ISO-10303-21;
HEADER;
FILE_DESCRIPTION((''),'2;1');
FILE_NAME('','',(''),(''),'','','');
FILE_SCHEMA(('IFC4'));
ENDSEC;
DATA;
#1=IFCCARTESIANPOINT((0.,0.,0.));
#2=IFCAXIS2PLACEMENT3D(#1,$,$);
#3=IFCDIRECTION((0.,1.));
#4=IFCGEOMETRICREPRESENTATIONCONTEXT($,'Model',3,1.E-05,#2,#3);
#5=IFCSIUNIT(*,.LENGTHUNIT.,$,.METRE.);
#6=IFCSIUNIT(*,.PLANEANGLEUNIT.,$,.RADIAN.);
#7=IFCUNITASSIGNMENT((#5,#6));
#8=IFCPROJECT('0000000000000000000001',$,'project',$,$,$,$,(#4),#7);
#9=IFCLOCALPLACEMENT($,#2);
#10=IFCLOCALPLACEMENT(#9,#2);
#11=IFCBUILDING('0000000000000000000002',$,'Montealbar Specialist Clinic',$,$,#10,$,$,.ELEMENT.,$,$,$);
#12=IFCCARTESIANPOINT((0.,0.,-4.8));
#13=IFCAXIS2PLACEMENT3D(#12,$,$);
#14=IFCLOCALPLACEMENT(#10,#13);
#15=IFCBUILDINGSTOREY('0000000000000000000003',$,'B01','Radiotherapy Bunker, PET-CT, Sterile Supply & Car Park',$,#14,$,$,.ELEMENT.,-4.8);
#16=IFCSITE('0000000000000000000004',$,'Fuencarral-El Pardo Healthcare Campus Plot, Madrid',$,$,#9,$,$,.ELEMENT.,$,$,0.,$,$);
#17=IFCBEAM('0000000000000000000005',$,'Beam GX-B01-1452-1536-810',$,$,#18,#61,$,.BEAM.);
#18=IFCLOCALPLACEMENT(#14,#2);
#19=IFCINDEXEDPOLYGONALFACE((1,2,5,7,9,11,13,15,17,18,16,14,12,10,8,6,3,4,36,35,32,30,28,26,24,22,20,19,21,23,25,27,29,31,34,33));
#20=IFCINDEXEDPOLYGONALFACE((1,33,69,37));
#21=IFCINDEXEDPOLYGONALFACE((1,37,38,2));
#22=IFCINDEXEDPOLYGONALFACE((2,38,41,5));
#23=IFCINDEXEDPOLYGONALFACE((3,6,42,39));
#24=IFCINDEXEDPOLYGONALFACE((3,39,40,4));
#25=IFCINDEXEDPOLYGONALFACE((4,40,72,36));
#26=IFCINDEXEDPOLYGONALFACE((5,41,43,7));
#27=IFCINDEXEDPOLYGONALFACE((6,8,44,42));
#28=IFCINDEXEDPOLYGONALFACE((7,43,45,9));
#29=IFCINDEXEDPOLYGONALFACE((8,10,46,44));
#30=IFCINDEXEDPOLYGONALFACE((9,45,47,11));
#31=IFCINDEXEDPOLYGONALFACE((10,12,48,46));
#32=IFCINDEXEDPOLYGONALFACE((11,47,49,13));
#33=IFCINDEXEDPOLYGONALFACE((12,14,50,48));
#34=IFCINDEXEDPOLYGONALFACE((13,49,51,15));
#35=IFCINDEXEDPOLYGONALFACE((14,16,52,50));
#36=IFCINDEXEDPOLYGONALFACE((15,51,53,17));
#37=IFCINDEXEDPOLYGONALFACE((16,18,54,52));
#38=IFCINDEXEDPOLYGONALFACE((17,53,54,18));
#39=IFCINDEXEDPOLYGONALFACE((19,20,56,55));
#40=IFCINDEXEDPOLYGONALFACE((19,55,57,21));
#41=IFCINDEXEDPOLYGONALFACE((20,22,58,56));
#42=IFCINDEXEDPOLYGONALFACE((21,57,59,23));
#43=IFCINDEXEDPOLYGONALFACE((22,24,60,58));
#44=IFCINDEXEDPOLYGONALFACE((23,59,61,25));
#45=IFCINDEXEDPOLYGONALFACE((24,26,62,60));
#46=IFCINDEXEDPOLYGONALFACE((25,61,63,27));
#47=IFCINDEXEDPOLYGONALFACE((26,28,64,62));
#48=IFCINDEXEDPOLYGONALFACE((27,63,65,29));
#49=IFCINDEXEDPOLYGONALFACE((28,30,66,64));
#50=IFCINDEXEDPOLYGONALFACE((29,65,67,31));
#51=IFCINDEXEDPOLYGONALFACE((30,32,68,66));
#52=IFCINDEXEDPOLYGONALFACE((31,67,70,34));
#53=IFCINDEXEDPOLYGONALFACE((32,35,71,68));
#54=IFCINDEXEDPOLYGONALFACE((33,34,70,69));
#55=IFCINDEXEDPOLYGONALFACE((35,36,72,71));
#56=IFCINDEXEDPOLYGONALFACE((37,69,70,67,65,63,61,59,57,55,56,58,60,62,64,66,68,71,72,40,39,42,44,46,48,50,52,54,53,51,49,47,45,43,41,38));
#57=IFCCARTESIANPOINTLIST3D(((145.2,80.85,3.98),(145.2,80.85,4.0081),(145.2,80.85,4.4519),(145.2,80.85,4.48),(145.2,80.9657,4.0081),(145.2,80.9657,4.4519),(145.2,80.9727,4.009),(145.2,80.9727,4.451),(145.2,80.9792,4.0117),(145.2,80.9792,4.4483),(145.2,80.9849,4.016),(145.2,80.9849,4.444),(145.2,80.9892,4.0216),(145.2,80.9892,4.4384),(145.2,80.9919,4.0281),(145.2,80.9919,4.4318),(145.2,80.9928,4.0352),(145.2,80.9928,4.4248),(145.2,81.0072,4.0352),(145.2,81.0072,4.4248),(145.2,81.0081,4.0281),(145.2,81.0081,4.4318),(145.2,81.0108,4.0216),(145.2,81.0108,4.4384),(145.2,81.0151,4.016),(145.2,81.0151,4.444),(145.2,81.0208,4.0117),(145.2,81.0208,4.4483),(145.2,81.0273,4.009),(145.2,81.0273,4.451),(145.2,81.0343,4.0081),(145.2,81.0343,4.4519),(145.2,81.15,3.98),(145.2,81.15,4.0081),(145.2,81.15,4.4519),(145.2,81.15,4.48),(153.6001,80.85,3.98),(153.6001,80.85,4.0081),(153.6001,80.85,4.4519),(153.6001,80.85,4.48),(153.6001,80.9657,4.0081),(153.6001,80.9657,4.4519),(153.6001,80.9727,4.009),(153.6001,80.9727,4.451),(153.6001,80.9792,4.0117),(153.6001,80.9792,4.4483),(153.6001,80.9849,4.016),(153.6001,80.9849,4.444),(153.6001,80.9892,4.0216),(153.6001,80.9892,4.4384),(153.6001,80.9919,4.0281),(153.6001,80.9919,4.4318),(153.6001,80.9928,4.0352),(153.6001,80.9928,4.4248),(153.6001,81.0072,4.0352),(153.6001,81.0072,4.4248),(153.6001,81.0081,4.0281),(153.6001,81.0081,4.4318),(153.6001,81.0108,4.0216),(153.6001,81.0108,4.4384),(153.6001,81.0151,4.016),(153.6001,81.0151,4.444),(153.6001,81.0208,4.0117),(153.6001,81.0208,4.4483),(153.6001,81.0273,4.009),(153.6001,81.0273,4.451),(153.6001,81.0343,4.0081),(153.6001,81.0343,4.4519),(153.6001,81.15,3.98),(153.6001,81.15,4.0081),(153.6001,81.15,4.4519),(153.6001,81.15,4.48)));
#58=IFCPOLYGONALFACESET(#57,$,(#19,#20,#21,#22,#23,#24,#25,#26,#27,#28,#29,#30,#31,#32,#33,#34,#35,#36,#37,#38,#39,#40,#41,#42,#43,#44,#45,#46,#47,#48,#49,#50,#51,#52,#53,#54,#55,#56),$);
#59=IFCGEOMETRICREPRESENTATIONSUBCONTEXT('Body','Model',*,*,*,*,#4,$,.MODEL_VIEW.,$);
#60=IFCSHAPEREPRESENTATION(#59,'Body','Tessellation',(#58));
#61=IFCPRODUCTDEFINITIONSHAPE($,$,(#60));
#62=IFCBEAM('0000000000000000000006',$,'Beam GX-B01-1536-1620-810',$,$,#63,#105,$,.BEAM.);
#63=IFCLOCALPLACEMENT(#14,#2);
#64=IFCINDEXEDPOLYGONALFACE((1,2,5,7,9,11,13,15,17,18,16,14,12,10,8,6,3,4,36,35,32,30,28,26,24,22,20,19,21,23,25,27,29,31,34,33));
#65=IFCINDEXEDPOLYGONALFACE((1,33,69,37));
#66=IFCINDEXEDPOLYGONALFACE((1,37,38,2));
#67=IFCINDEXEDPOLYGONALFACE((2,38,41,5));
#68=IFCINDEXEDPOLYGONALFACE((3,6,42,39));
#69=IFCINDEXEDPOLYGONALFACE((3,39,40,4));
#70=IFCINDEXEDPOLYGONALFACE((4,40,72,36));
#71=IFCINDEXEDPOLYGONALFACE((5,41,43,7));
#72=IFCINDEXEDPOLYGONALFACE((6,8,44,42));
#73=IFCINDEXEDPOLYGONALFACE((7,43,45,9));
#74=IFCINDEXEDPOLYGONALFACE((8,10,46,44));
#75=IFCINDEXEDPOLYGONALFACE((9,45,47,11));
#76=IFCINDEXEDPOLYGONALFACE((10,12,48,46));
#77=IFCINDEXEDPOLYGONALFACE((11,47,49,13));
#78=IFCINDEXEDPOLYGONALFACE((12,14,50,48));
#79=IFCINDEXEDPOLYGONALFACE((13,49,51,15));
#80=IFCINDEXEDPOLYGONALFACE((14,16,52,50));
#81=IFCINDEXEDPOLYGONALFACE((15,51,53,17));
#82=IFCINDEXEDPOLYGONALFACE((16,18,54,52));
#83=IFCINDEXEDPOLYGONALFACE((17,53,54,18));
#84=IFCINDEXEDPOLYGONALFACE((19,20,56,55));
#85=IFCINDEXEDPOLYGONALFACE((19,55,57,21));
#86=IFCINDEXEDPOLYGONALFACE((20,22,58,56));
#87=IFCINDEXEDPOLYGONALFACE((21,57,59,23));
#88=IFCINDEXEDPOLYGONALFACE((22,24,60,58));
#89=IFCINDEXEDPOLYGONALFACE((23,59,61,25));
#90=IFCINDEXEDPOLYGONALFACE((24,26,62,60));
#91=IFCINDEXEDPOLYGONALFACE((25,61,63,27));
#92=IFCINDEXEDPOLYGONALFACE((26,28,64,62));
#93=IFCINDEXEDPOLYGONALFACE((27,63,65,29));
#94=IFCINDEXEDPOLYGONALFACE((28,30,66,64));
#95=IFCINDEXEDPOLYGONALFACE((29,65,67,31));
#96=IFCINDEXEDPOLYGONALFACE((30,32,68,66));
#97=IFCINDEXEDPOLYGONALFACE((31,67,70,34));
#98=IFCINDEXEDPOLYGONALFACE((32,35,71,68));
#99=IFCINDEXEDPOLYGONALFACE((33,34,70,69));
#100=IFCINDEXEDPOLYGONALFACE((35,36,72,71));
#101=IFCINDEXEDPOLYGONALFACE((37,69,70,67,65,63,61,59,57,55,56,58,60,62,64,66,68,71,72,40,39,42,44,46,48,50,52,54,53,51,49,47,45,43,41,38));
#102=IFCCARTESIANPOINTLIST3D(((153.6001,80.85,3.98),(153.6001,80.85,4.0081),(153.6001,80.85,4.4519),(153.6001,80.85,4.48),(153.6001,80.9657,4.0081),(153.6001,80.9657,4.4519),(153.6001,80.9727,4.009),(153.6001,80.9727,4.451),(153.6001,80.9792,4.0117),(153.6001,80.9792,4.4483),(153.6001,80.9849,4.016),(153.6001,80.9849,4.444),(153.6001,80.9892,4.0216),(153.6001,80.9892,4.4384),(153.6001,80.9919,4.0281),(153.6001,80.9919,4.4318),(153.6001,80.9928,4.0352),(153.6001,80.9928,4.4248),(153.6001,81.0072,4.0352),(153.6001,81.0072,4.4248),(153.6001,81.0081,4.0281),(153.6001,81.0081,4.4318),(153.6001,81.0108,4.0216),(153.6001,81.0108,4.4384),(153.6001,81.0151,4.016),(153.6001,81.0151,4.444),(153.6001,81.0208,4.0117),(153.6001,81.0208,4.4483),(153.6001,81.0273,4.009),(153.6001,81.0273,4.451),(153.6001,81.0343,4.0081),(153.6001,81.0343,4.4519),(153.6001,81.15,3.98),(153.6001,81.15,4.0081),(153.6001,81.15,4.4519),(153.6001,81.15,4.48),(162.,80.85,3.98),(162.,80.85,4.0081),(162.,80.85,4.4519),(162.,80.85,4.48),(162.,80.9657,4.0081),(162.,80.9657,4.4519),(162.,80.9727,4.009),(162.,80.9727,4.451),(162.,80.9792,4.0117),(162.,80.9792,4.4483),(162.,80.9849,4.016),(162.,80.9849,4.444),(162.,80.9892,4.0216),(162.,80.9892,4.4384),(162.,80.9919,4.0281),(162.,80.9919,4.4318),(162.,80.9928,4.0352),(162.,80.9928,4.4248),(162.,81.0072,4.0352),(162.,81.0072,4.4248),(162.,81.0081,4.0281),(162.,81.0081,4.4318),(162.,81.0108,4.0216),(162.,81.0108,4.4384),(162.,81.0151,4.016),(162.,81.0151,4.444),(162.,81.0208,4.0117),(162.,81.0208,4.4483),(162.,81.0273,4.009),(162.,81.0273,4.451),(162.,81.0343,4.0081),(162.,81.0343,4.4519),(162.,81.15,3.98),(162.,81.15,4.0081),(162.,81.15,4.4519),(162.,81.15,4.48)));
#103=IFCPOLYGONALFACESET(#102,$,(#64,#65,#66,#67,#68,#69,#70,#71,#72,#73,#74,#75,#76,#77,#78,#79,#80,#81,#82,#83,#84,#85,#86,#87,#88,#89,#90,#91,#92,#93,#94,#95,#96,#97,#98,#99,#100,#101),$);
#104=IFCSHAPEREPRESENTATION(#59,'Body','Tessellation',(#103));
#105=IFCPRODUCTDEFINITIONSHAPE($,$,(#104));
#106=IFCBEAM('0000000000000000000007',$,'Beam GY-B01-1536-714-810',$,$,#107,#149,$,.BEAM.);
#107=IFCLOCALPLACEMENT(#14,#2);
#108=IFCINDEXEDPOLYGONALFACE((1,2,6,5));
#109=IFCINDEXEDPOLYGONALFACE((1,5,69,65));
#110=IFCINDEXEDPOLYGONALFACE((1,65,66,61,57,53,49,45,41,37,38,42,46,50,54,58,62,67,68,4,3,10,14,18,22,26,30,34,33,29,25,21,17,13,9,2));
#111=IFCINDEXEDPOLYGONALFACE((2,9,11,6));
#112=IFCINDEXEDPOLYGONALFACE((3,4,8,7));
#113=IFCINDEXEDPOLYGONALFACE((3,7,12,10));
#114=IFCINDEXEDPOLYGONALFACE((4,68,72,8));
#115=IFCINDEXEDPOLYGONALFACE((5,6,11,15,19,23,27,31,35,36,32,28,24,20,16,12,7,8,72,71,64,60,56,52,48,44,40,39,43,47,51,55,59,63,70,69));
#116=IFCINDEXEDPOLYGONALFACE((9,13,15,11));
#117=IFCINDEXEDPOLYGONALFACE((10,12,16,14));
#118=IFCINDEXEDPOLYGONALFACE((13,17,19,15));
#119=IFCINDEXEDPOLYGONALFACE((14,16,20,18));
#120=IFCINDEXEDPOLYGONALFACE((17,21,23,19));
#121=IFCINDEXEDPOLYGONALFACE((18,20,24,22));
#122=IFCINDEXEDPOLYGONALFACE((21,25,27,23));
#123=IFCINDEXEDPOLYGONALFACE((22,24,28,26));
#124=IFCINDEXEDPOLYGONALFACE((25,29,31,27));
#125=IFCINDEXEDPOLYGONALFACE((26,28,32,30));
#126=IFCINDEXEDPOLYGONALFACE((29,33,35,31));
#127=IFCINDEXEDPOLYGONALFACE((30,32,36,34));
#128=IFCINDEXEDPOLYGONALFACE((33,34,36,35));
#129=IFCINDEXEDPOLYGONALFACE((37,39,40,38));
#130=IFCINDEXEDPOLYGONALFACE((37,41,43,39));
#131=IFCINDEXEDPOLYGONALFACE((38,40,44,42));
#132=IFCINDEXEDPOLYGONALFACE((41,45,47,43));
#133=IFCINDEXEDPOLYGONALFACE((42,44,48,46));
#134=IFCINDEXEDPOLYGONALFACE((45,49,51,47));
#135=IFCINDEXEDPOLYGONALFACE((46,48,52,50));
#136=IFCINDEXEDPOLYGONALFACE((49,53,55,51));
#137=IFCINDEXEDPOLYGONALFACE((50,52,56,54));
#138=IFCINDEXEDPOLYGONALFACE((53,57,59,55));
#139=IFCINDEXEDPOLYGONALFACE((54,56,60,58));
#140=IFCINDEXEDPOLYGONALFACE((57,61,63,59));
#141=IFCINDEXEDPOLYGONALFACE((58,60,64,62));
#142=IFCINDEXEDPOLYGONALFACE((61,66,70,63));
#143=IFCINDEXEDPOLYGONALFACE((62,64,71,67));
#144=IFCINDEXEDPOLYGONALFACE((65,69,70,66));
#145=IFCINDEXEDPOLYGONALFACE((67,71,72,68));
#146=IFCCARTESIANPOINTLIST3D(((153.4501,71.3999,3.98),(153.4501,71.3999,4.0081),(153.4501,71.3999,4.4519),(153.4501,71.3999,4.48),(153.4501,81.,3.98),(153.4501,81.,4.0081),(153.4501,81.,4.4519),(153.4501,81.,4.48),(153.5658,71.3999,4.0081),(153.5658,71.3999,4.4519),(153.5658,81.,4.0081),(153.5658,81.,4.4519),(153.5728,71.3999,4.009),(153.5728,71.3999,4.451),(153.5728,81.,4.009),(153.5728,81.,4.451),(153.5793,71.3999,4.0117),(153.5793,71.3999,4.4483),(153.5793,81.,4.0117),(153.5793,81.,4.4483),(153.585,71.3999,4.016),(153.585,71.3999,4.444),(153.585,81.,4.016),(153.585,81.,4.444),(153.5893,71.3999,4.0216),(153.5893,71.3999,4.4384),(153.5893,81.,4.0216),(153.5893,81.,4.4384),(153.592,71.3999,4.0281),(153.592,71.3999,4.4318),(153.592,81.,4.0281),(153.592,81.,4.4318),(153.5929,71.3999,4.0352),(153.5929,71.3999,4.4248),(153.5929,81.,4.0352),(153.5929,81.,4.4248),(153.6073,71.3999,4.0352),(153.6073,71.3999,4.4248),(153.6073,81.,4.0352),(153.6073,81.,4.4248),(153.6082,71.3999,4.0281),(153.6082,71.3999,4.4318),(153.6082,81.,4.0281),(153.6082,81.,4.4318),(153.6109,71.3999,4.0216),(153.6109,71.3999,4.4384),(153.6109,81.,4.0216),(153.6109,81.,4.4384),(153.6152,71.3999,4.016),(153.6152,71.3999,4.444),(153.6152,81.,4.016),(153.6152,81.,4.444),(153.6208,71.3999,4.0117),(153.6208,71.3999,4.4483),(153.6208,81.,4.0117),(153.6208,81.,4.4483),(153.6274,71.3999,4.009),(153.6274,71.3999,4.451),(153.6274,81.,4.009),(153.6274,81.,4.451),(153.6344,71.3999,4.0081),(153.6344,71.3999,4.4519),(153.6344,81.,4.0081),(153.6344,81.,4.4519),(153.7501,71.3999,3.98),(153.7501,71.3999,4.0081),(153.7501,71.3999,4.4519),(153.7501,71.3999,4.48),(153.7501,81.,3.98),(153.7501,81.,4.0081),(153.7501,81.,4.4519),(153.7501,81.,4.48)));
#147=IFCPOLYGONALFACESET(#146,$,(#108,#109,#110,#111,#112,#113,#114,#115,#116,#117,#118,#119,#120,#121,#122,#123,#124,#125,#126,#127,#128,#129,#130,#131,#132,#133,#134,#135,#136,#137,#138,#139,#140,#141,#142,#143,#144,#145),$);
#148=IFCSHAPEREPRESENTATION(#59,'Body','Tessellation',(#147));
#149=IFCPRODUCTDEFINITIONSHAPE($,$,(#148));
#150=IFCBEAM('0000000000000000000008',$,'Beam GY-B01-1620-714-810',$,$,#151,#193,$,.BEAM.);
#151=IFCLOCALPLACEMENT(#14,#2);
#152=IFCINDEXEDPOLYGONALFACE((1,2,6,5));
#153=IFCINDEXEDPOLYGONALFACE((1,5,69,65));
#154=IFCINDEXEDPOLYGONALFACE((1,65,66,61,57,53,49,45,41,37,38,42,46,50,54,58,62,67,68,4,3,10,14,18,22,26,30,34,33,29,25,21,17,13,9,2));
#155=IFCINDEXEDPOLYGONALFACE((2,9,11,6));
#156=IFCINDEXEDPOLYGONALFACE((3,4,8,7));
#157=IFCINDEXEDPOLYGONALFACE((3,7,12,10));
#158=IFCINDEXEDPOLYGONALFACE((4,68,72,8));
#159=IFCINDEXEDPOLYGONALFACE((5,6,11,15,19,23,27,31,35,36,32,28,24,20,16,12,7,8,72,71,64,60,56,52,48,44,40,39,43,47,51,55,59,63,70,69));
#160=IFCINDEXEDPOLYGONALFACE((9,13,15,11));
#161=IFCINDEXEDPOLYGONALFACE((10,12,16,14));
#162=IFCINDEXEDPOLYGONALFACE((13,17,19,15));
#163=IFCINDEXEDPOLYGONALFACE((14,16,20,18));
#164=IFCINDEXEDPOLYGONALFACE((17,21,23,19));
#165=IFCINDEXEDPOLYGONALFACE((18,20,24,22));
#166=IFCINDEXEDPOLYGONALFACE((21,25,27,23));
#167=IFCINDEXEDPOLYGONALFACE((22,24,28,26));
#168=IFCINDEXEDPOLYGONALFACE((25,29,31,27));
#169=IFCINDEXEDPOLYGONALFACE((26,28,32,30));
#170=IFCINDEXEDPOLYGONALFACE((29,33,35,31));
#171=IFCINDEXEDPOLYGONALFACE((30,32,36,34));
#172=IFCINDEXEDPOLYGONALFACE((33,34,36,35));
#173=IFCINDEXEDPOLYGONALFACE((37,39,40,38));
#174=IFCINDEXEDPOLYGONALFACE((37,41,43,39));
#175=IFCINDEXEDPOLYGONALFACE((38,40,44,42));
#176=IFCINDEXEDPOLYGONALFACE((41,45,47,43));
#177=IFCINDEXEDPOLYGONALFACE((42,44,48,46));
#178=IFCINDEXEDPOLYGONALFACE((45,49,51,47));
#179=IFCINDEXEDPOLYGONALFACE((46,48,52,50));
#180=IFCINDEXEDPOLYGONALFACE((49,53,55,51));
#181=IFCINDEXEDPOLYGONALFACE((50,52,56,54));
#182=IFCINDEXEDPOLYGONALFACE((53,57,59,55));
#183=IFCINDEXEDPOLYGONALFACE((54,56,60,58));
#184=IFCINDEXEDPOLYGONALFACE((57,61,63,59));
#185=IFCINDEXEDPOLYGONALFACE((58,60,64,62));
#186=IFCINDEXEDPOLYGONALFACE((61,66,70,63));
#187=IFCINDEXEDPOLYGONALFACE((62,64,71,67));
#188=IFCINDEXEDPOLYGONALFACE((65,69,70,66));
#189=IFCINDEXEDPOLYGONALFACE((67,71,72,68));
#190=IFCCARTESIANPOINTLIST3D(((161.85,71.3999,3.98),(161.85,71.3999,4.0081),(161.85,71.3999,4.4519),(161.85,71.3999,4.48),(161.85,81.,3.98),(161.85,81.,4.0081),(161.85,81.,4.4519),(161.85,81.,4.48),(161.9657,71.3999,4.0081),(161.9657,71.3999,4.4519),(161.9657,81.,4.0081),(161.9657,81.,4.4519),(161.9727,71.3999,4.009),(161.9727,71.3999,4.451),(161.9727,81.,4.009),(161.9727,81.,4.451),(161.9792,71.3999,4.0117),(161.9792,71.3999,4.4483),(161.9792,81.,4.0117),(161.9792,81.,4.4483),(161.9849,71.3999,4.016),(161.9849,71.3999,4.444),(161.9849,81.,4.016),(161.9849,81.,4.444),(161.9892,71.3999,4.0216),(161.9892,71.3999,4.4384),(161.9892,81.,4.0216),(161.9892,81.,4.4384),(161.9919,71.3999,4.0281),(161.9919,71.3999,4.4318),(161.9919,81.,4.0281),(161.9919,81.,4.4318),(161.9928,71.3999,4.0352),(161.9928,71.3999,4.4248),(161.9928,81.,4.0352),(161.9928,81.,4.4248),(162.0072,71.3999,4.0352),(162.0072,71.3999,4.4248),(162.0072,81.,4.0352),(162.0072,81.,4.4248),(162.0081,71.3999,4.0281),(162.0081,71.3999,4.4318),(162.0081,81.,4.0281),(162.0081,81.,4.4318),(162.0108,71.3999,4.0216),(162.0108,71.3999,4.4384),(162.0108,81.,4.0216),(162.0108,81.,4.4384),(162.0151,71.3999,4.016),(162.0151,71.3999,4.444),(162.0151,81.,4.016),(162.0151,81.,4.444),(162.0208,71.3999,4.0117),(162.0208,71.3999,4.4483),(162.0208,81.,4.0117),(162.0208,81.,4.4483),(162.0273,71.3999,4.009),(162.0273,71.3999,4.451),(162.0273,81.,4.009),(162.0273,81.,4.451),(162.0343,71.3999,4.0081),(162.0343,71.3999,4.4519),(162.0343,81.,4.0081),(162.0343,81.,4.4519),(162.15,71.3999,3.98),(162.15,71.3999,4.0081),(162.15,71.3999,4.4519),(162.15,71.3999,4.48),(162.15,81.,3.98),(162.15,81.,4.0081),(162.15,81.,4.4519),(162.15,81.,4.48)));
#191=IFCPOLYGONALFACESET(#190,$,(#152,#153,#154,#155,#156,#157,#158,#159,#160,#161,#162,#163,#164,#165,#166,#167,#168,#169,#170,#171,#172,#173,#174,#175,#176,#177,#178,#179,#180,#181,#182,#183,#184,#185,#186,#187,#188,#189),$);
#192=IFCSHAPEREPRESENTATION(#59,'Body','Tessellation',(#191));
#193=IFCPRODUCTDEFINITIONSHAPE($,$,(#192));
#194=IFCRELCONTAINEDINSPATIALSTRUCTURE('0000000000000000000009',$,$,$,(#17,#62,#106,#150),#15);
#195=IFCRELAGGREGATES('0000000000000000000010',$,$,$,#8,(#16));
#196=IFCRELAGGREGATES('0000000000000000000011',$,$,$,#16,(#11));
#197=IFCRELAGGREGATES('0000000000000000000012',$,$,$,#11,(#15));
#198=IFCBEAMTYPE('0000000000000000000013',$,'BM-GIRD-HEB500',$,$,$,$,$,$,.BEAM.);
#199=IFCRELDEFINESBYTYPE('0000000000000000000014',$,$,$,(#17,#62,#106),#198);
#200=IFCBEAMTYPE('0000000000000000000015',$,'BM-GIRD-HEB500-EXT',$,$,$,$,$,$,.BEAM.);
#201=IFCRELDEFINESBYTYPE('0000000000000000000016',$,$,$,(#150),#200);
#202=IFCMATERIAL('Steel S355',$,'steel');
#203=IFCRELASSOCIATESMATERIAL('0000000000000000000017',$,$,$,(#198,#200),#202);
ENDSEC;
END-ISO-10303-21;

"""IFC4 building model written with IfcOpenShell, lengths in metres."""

from ifc_helpers import new_model, si_unit, direction, frame, origin, origin_2d, place, context, subcontext, project, spatial, i_section, extrude, material, material_profile, profile_set, type_object, element, save


model = new_model("IFC4")

# Units and contexts
model_context = context("Model", 3, precision=1e-05, world=origin(), true_north=direction((0.0, 1.0)))
body_context = subcontext(model_context, "Body", "Model", "MODEL_VIEW")
ifc_project = project(units=[si_unit("LENGTHUNIT", "METRE"), si_unit("PLANEANGLEUNIT", "RADIAN")], contexts=[model_context])

# Site, building, storey
site_placement = place(None, origin())
site = spatial("IfcSite", under=ifc_project, at=site_placement, Name="Fuencarral-El Pardo Healthcare Campus Plot, Madrid", CompositionType="ELEMENT", RefElevation=0.0)
building_placement = place(site_placement, origin())
building = spatial("IfcBuilding", under=site, at=building_placement, Name="Montealbar Specialist Clinic", CompositionType="ELEMENT")
storey_placement = place(building_placement, frame((0.0, 0.0, -4.8)))
storey = spatial("IfcBuildingStorey", under=building, at=storey_placement, Name="B01", Description="Radiotherapy Bunker, PET-CT, Sterile Supply & Car Park", CompositionType="ELEMENT", Elevation=-4.8)

# Shared definitions
ifc_material_1 = material(Name="Steel S355", Category="steel")

# Beams
ifc_material_profile_1 = material_profile(ifc_material_1, i_section(OverallWidth=0.3, OverallDepth=0.5, WebThickness=0.0144, FlangeThickness=0.0281, FilletRadius=0.0271, at=origin_2d()), Name="HEB 500", Category="steel")
ifc_profile_set_1 = profile_set([ifc_material_profile_1], Name="Steel S355")
beam_type_1 = type_object("IfcBeamType", Name="BM-GIRD-HEB500", PredefinedType="BEAM", material=ifc_profile_set_1)
beam_1_placement = place(storey_placement, frame((145.2, 81.0, 4.23), z_axis=(1.0, 0.0, 0.0), x_axis=(0.0, 1.0, 0.0)))
element("IfcBeam", 1, at=beam_1_placement, inside=storey, type_object=beam_type_1, Name="Beam GX-B01-1452-1536-810", PredefinedType="BEAM", context=body_context, shape_type="SweptSolid", body=[
    extrude(i_section(OverallWidth=0.3, OverallDepth=0.5, WebThickness=0.0144, FlangeThickness=0.0281, FilletRadius=0.0271, at=origin_2d()), origin(), (0.0, 0.0, 1.0), 8.4001),
])
beam_2_placement = place(storey_placement, frame((153.6001, 81.0, 4.23), z_axis=(1.0, 0.0, 0.0), x_axis=(0.0, 1.0, 0.0)))
element("IfcBeam", 2, at=beam_2_placement, inside=storey, type_object=beam_type_1, Name="Beam GX-B01-1536-1620-810", PredefinedType="BEAM", context=body_context, shape_type="SweptSolid", body=[
    extrude(i_section(OverallWidth=0.3, OverallDepth=0.5, WebThickness=0.0144, FlangeThickness=0.0281, FilletRadius=0.0271, at=origin_2d()), origin(), (0.0, 0.0, 1.0), 8.3999),
])
beam_3_placement = place(storey_placement, frame((153.6001, 71.3999, 4.23), z_axis=(0.0, 1.0, 0.0), x_axis=(-1.0, 0.0, 0.0)))
element("IfcBeam", 3, at=beam_3_placement, inside=storey, type_object=beam_type_1, Name="Beam GY-B01-1536-714-810", PredefinedType="BEAM", context=body_context, shape_type="SweptSolid", body=[
    extrude(i_section(OverallWidth=0.3, OverallDepth=0.5, WebThickness=0.0144, FlangeThickness=0.0281, FilletRadius=0.0271, at=origin_2d()), origin(), (0.0, 0.0, 1.0), 9.6001),
])
ifc_material_profile_2 = material_profile(ifc_material_1, i_section(OverallWidth=0.3, OverallDepth=0.5, WebThickness=0.0144, FlangeThickness=0.0281, FilletRadius=0.0271, at=origin_2d()), Name="HEB 500", Category="steel")
ifc_profile_set_2 = profile_set([ifc_material_profile_2], Name="Steel S355")
beam_type_2 = type_object("IfcBeamType", Name="BM-GIRD-HEB500-EXT", PredefinedType="BEAM", material=ifc_profile_set_2)
beam_4_placement = place(storey_placement, frame((162.0, 71.3999, 4.23), z_axis=(0.0, 1.0, 0.0), x_axis=(-1.0, 0.0, 0.0)))
element("IfcBeam", 4, at=beam_4_placement, inside=storey, type_object=beam_type_2, Name="Beam GY-B01-1620-714-810", PredefinedType="BEAM", context=body_context, shape_type="SweptSolid", body=[
    extrude(i_section(OverallWidth=0.3, OverallDepth=0.5, WebThickness=0.0144, FlangeThickness=0.0281, FilletRadius=0.0271, at=origin_2d()), origin(), (0.0, 0.0, 1.0), 9.6001),
])

save(model, "model.ifc")
